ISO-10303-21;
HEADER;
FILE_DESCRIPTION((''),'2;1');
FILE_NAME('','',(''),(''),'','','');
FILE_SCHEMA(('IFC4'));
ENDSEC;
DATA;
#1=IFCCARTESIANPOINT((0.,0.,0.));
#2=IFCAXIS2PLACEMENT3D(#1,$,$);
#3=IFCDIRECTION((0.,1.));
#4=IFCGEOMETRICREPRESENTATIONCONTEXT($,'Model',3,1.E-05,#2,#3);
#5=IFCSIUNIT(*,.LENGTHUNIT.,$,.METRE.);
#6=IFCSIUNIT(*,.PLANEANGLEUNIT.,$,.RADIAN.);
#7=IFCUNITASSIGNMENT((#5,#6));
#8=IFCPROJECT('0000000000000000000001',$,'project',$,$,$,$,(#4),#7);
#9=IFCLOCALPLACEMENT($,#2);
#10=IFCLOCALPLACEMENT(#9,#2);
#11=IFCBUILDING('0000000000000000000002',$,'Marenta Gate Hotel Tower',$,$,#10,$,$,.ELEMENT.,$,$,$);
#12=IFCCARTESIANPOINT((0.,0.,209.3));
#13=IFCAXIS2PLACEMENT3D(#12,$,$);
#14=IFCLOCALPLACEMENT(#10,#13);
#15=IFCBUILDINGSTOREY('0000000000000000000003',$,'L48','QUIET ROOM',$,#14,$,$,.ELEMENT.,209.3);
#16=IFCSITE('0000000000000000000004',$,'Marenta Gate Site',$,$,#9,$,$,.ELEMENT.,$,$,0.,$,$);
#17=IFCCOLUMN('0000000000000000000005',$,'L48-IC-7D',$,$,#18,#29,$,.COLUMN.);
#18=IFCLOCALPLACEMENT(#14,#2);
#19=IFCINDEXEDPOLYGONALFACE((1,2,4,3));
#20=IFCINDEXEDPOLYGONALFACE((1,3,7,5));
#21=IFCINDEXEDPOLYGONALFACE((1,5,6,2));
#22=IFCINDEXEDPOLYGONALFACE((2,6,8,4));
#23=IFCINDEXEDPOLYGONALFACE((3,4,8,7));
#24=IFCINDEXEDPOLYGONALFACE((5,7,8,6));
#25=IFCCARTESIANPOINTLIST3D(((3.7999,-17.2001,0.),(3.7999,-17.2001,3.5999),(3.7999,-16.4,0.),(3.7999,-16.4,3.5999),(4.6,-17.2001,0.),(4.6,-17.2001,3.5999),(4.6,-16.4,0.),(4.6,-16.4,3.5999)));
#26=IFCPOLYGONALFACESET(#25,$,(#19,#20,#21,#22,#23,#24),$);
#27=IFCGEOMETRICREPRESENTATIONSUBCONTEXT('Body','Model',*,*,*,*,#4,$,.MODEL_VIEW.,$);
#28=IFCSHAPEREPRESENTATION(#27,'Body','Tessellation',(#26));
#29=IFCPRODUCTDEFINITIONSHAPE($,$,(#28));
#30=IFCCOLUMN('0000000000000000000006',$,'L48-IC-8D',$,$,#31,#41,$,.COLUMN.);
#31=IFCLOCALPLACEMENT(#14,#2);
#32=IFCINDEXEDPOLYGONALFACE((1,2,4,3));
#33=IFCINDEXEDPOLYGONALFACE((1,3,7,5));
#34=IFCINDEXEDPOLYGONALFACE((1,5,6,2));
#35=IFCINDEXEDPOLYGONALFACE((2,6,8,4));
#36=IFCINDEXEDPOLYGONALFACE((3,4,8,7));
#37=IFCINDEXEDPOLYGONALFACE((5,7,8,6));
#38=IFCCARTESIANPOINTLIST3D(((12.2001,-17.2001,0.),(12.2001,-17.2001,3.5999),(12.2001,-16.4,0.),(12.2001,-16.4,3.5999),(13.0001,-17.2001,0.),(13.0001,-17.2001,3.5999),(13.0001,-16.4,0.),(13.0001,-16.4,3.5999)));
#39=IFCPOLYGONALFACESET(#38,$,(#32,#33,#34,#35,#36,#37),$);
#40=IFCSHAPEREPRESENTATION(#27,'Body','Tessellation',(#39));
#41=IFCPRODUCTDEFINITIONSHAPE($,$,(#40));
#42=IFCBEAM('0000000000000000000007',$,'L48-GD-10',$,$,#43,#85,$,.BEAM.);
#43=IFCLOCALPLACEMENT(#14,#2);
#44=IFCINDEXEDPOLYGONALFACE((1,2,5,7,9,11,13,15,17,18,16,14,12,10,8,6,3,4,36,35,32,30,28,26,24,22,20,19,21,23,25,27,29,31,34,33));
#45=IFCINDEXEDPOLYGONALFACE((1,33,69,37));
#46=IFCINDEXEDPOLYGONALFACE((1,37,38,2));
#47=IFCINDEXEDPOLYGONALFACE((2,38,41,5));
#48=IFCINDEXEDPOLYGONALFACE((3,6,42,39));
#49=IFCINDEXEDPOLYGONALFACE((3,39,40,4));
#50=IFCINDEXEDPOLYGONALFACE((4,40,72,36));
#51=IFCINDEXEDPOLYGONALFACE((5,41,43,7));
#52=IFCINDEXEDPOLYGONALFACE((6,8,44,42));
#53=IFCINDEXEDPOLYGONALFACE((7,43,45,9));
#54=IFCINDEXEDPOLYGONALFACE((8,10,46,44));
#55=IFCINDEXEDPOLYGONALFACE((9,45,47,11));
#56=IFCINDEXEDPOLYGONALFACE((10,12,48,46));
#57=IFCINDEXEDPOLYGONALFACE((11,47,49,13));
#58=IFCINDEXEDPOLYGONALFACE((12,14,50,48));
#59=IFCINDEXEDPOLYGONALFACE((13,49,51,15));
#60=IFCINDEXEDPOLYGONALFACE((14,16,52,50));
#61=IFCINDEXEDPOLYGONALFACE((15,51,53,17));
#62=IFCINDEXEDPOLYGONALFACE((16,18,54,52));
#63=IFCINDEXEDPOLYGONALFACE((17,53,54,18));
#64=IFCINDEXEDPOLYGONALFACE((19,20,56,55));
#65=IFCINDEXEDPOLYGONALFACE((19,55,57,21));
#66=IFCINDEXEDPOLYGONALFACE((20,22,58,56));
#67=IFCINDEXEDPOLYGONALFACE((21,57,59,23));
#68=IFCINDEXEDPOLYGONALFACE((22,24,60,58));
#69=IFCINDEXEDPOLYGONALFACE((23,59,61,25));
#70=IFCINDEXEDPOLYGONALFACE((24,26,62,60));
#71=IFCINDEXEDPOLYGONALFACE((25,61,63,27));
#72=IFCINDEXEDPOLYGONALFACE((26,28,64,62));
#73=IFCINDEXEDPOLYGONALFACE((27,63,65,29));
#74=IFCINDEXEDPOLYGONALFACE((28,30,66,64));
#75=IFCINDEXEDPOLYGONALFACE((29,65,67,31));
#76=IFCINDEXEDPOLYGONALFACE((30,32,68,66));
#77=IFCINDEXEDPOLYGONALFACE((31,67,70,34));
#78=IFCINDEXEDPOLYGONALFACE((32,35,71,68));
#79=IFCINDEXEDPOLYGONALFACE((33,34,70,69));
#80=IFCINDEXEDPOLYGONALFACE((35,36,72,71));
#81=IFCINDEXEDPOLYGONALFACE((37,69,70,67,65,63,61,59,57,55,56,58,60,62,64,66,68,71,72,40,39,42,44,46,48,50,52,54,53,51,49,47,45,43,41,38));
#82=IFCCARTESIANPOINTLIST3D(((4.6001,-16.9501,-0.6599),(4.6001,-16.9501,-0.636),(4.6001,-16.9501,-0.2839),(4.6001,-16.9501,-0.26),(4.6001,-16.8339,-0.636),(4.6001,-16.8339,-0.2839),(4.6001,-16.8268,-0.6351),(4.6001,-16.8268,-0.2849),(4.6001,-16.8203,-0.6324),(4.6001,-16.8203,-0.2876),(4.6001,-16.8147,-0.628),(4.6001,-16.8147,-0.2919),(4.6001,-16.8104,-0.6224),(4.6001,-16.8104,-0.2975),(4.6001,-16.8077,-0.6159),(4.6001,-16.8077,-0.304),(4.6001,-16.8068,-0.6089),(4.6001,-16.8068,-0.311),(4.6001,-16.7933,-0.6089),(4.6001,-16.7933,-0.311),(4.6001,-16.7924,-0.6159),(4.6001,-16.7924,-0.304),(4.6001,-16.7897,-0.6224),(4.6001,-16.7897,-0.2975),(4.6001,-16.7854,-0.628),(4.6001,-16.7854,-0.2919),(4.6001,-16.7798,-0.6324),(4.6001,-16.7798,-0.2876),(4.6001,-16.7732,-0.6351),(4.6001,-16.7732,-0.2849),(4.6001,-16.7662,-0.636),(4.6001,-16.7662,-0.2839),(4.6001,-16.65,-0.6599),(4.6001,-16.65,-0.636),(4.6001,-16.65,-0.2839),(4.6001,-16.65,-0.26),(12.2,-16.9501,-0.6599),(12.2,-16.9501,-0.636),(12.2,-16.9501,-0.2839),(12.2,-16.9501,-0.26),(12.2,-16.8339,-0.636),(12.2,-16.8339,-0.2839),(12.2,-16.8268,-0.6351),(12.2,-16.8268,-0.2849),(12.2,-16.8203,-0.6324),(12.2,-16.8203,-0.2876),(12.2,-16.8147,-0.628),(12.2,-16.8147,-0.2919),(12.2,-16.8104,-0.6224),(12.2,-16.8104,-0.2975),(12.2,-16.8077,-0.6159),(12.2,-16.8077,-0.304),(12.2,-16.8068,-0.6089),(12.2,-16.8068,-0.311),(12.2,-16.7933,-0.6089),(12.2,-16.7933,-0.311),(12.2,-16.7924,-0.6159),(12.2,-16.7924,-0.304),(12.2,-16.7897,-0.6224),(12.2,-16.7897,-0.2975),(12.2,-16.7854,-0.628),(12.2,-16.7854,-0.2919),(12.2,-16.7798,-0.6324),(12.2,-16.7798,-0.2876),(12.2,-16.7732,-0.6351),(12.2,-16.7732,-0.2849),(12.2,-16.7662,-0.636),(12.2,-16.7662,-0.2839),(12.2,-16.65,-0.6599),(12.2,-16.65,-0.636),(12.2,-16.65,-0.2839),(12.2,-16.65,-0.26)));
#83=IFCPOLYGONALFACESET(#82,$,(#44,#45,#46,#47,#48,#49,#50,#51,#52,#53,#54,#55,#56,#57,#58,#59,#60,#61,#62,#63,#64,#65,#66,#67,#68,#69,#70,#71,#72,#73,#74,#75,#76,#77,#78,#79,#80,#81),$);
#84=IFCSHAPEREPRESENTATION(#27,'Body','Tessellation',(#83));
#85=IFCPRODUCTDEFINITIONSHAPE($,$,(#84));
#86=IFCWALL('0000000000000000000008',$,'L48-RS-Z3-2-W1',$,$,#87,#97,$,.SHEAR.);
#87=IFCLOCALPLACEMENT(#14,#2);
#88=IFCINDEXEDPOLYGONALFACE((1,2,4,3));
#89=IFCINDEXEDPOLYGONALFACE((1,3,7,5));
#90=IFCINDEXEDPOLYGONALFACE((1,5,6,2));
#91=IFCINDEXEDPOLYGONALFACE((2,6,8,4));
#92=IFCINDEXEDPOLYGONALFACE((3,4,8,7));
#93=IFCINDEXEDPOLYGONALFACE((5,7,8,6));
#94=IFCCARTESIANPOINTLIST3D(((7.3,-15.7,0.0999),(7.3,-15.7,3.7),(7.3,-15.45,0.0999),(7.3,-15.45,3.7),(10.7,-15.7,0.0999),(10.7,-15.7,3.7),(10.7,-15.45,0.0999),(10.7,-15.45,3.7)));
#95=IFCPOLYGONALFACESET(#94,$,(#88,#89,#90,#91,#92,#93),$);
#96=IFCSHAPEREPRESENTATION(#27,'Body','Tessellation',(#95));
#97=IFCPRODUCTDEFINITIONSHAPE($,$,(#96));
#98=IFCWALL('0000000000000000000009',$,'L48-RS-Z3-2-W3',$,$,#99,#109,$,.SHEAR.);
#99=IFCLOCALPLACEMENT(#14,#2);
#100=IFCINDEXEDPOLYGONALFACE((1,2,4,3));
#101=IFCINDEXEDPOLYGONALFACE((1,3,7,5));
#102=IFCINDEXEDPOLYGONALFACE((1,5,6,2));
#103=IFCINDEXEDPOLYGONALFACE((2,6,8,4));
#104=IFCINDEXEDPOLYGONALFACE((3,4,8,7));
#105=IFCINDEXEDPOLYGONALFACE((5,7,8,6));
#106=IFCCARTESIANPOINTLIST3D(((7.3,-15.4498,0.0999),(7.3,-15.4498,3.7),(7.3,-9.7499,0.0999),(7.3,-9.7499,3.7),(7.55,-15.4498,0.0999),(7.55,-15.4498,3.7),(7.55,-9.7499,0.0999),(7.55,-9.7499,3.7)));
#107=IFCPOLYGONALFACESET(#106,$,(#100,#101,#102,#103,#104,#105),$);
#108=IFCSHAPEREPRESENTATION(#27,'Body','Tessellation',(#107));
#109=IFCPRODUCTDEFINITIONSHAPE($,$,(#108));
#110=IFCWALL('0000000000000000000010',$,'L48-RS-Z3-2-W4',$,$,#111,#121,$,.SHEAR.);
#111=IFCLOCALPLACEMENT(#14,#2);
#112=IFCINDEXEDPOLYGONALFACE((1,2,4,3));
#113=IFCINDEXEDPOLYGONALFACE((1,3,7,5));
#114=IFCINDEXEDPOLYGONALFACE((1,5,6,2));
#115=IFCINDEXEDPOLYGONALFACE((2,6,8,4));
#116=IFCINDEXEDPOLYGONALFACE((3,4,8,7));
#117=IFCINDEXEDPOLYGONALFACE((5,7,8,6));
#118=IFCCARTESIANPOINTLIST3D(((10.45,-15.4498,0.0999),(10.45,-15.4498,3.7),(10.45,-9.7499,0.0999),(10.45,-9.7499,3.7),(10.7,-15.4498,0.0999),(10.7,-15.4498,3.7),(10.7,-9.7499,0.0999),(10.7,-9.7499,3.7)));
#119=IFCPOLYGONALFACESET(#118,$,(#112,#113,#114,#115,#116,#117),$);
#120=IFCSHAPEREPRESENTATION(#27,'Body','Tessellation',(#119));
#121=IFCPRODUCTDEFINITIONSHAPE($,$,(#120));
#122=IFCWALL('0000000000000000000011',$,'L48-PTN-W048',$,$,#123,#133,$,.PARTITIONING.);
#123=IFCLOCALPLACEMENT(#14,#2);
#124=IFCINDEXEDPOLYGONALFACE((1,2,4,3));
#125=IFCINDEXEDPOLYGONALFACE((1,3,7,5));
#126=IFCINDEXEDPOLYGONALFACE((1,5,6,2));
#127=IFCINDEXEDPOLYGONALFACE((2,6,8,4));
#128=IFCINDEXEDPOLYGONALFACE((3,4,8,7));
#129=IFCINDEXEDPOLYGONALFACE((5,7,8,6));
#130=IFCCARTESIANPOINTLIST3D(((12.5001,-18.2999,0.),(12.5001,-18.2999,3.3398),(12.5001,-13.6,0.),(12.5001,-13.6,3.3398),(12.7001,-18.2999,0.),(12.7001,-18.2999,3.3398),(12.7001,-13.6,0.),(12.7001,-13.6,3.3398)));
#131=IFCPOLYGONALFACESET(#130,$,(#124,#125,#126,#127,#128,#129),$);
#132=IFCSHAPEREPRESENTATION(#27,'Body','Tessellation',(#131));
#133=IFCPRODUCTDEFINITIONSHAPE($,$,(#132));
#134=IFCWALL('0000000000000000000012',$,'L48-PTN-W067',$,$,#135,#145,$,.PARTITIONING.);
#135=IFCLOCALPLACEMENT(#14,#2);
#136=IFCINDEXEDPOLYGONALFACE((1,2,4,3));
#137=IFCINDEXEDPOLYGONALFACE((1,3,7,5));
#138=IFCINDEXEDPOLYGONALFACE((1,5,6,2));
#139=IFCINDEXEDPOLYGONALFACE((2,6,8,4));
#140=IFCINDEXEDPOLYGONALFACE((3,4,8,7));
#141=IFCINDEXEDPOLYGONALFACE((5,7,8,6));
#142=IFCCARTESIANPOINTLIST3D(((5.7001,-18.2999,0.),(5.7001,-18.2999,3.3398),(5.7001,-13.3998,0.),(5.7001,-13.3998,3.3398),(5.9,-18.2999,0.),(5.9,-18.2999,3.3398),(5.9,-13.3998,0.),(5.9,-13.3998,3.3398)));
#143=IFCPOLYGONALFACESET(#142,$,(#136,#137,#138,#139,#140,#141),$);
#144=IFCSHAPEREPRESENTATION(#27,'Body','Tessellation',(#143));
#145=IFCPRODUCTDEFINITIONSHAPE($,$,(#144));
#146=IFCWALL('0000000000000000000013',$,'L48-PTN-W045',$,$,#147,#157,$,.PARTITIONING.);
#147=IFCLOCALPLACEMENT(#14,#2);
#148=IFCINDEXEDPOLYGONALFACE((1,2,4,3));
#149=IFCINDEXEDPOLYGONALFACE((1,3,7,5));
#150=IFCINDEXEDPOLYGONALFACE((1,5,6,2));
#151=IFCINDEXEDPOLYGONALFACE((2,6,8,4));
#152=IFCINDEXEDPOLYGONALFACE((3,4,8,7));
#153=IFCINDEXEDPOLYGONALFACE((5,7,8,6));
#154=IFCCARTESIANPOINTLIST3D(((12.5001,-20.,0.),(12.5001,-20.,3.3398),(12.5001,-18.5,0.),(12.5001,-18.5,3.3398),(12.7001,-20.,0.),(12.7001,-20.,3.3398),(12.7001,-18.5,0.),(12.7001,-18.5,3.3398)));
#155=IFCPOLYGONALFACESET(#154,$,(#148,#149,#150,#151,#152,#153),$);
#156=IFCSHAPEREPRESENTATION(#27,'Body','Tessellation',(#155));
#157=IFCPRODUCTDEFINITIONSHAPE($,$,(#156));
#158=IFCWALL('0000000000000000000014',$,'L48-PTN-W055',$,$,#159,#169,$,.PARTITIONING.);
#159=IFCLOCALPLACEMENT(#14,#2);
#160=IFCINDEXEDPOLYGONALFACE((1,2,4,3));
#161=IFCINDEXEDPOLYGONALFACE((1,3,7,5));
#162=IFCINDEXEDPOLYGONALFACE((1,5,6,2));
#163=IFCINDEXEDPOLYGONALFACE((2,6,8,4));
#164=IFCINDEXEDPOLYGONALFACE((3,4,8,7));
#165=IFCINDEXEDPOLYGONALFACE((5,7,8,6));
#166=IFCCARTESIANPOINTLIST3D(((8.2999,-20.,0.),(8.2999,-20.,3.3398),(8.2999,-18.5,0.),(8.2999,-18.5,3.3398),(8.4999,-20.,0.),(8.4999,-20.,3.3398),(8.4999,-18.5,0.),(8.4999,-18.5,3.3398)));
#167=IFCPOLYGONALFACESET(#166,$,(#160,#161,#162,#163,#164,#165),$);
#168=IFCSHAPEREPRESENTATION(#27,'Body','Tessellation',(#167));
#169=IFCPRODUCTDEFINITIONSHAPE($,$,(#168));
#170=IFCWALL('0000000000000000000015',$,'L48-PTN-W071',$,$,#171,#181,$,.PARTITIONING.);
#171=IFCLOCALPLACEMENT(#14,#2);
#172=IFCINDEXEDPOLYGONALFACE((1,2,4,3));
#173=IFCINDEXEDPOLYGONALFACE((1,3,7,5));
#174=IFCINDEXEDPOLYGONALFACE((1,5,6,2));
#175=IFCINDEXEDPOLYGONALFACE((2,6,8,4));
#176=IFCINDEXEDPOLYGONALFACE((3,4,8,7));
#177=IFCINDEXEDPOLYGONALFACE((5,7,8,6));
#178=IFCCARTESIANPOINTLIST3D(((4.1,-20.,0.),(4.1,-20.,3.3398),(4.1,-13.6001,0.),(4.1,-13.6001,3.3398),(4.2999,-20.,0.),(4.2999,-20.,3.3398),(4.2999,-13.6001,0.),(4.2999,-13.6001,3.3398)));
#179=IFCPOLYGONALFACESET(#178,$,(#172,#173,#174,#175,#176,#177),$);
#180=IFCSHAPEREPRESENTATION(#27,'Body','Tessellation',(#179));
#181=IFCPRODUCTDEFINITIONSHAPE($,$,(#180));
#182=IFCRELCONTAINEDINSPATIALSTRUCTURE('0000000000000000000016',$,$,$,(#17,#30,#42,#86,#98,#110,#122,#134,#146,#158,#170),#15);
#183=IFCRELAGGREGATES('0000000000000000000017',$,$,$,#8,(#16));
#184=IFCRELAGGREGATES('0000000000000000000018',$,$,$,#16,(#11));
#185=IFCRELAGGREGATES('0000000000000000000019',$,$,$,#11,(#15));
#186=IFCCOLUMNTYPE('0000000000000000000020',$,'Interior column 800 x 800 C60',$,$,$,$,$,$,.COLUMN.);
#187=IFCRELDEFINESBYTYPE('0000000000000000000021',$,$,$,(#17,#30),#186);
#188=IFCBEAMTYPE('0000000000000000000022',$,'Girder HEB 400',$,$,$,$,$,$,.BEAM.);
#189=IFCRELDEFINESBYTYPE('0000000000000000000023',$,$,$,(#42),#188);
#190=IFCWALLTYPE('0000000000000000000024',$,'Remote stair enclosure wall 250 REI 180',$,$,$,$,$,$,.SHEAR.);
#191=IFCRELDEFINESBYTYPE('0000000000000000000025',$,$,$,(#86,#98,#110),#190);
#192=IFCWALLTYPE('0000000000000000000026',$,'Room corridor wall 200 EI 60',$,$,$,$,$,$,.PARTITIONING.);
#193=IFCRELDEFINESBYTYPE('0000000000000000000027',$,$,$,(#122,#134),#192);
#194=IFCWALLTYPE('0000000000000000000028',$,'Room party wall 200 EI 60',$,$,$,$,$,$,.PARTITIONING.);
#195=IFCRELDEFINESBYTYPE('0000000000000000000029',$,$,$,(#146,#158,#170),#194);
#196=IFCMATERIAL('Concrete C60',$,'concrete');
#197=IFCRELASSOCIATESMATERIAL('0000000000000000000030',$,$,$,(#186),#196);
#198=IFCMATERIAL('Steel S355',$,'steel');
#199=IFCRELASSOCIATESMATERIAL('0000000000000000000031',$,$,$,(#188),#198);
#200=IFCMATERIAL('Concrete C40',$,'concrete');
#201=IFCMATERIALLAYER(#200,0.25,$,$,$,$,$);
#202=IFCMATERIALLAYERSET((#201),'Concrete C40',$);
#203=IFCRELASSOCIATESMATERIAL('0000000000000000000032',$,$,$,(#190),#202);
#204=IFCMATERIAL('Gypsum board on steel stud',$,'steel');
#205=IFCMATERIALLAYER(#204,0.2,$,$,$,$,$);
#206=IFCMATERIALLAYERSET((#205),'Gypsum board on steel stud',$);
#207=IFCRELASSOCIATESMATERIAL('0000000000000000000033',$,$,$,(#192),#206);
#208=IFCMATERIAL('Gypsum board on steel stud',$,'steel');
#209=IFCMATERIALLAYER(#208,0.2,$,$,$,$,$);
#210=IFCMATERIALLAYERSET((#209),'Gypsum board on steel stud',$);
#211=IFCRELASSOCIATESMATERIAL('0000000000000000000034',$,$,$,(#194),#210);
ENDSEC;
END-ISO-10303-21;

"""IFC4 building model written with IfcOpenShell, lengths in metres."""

from ifc_helpers import new_model, si_unit, direction, frame, frame_2d, origin, origin_2d, place, context, subcontext, project, spatial, rectangle, i_section, extrude, material, layer, layer_set, material_profile, profile_set, type_object, element, save


model = new_model("IFC4")

# Units and contexts
model_context = context("Model", 3, precision=1e-05, world=origin(), true_north=direction((0.0, 1.0)))
body_context = subcontext(model_context, "Body", "Model", "MODEL_VIEW")
ifc_project = project(units=[si_unit("LENGTHUNIT", "METRE"), si_unit("PLANEANGLEUNIT", "RADIAN")], contexts=[model_context])

# Site, building, storey
site_placement = place(None, origin())
site = spatial("IfcSite", under=ifc_project, at=site_placement, Name="Marenta Gate Site", CompositionType="ELEMENT", RefElevation=0.0)
building_placement = place(site_placement, origin())
building = spatial("IfcBuilding", under=site, at=building_placement, Name="Marenta Gate Hotel Tower", CompositionType="ELEMENT")
storey_placement = place(building_placement, frame((0.0, 0.0, 209.3)))
storey = spatial("IfcBuildingStorey", under=building, at=storey_placement, Name="L48", Description="QUIET ROOM", CompositionType="ELEMENT", Elevation=209.3)

# Columns
ifc_material_1 = material(Name="Concrete C60", Category="concrete")
ifc_material_profile_1 = material_profile(ifc_material_1, rectangle(XDim=0.8, YDim=0.8, at=origin_2d()), Name="800 x 800")
ifc_profile_set_1 = profile_set([ifc_material_profile_1], Name="Concrete C60")
column_type = type_object("IfcColumnType", Name="Interior column 800 x 800 C60", PredefinedType="COLUMN", material=ifc_profile_set_1)
for number, where, z_axis, x_axis, name in (
    (1, (4.2, -16.8, 0.0), (0.0, 0.0, 1.0), (1.0, 0.0, 0.0), "L48-IC-7D"),
    (2, (12.6001, -16.8, 0.0), (0.0, 0.0, 1.0), (1.0, 0.0, 0.0), "L48-IC-8D"),
):
    element("IfcColumn", number, at=place(storey_placement, frame(where, z_axis=z_axis, x_axis=x_axis)), inside=storey, type_object=column_type, Name=name, PredefinedType="COLUMN", context=body_context, shape_type="SweptSolid", body=[
        extrude(rectangle(XDim=0.8, YDim=0.8, at=origin_2d()), origin(), (0.0, 0.0, 1.0), 3.5999),
    ])

# Beam
ifc_material_2 = material(Name="Steel S355", Category="steel")
ifc_material_profile_2 = material_profile(ifc_material_2, i_section(OverallWidth=0.3, OverallDepth=0.3999, WebThickness=0.0134, FlangeThickness=0.0239, FilletRadius=0.0271, at=origin_2d()), Name="HEB 400")
ifc_profile_set_2 = profile_set([ifc_material_profile_2], Name="Steel S355")
beam_type = type_object("IfcBeamType", Name="Girder HEB 400", PredefinedType="BEAM", material=ifc_profile_set_2)
beam_placement = place(storey_placement, frame((4.6001, -16.8, -0.46), z_axis=(1.0, 0.0, 0.0), x_axis=(0.0, 1.0, 0.0)))
element("IfcBeam", 3, at=beam_placement, inside=storey, type_object=beam_type, Name="L48-GD-10", PredefinedType="BEAM", context=body_context, shape_type="SweptSolid", body=[
    extrude(i_section(OverallWidth=0.3, OverallDepth=0.3999, WebThickness=0.0134, FlangeThickness=0.0239, FilletRadius=0.0271, at=origin_2d()), origin(), (0.0, 0.0, 1.0), 7.5999),
])

# Walls
ifc_material_3 = material(Name="Concrete C40", Category="concrete")
ifc_layer_1 = layer(ifc_material_3, 0.25)
ifc_layer_set_1 = layer_set([ifc_layer_1], Name="Concrete C40")
wall_type_1 = type_object("IfcWallType", Name="Remote stair enclosure wall 250 REI 180", PredefinedType="SHEAR", material=ifc_layer_set_1)
wall_1_placement = place(storey_placement, frame((7.3, -15.575, 0.0999), z_axis=(0.0, 0.0, 1.0), x_axis=(1.0, 0.0, 0.0)))
element("IfcWall", 4, at=wall_1_placement, inside=storey, type_object=wall_type_1, Name="L48-RS-Z3-2-W1", PredefinedType="SHEAR", context=body_context, shape_type="SweptSolid", body=[
    extrude(rectangle(XDim=3.3999, YDim=0.25, at=frame_2d((1.7, 0.0))), origin(), (0.0, 0.0, 1.0), 3.6001),
])
for number, where, z_axis, x_axis, name in (
    (5, (7.425, -15.45, 0.0999), (0.0, 0.0, 1.0), (0.0, 1.0, 0.0), "L48-RS-Z3-2-W3"),
    (6, (10.575, -15.45, 0.0999), (0.0, 0.0, 1.0), (0.0, 1.0, 0.0), "L48-RS-Z3-2-W4"),
):
    element("IfcWall", number, at=place(storey_placement, frame(where, z_axis=z_axis, x_axis=x_axis)), inside=storey, type_object=wall_type_1, Name=name, PredefinedType="SHEAR", context=body_context, shape_type="SweptSolid", body=[
        extrude(rectangle(XDim=5.7, YDim=0.25, at=frame_2d((2.8501, 0.0))), origin(), (0.0, 0.0, 1.0), 3.6001),
    ])

# Shared definitions
ifc_material_4 = material(Name="Gypsum board on steel stud", Category="steel")
ifc_layer_2 = layer(ifc_material_4, 0.2)
ifc_layer_set_2 = layer_set([ifc_layer_2], Name="Gypsum board on steel stud")
wall_type_2 = type_object("IfcWallType", Name="Room corridor wall 200 EI 60", PredefinedType="PARTITIONING", material=ifc_layer_set_2)

# Walls
wall_2_placement = place(storey_placement, frame((12.6001, -18.3, 0.0), z_axis=(0.0, 0.0, 1.0), x_axis=(0.0, 1.0, 0.0)))
element("IfcWall", 7, at=wall_2_placement, inside=storey, type_object=wall_type_2, Name="L48-PTN-W048", PredefinedType="PARTITIONING", context=body_context, shape_type="SweptSolid", body=[
    extrude(rectangle(XDim=4.7, YDim=0.2, at=frame_2d((2.3501, 0.0))), origin(), (0.0, 0.0, 1.0), 3.3398),
])
wall_3_placement = place(storey_placement, frame((5.8, -18.3, 0.0), z_axis=(0.0, 0.0, 1.0), x_axis=(0.0, 1.0, 0.0)))
element("IfcWall", 8, at=wall_3_placement, inside=storey, type_object=wall_type_2, Name="L48-PTN-W067", PredefinedType="PARTITIONING", context=body_context, shape_type="SweptSolid", body=[
    extrude(rectangle(XDim=4.9001, YDim=0.2, at=frame_2d((2.4502, 0.0))), origin(), (0.0, 0.0, 1.0), 3.3398),
])
ifc_material_5 = material(Name="Gypsum board on steel stud", Category="steel")
ifc_layer_3 = layer(ifc_material_5, 0.2)
ifc_layer_set_3 = layer_set([ifc_layer_3], Name="Gypsum board on steel stud")
wall_type_3 = type_object("IfcWallType", Name="Room party wall 200 EI 60", PredefinedType="PARTITIONING", material=ifc_layer_set_3)
for number, where, z_axis, x_axis, name in (
    (9, (12.6001, -20.0, 0.0), (0.0, 0.0, 1.0), (0.0, 1.0, 0.0), "L48-PTN-W045"),
    (10, (8.3999, -20.0, 0.0), (0.0, 0.0, 1.0), (0.0, 1.0, 0.0), "L48-PTN-W055"),
):
    element("IfcWall", number, at=place(storey_placement, frame(where, z_axis=z_axis, x_axis=x_axis)), inside=storey, type_object=wall_type_3, Name=name, PredefinedType="PARTITIONING", context=body_context, shape_type="SweptSolid", body=[
        extrude(rectangle(XDim=1.5, YDim=0.2, at=frame_2d((0.75, 0.0))), origin(), (0.0, 0.0, 1.0), 3.3398),
    ])
wall_4_placement = place(storey_placement, frame((4.2, -20.0, 0.0), z_axis=(0.0, 0.0, 1.0), x_axis=(0.0, 1.0, 0.0)))
element("IfcWall", 11, at=wall_4_placement, inside=storey, type_object=wall_type_3, Name="L48-PTN-W071", PredefinedType="PARTITIONING", context=body_context, shape_type="SweptSolid", body=[
    extrude(rectangle(XDim=6.3999, YDim=0.2, at=frame_2d((3.2, 0.0))), origin(), (0.0, 0.0, 1.0), 3.3398),
])

save(model, "model.ifc")
